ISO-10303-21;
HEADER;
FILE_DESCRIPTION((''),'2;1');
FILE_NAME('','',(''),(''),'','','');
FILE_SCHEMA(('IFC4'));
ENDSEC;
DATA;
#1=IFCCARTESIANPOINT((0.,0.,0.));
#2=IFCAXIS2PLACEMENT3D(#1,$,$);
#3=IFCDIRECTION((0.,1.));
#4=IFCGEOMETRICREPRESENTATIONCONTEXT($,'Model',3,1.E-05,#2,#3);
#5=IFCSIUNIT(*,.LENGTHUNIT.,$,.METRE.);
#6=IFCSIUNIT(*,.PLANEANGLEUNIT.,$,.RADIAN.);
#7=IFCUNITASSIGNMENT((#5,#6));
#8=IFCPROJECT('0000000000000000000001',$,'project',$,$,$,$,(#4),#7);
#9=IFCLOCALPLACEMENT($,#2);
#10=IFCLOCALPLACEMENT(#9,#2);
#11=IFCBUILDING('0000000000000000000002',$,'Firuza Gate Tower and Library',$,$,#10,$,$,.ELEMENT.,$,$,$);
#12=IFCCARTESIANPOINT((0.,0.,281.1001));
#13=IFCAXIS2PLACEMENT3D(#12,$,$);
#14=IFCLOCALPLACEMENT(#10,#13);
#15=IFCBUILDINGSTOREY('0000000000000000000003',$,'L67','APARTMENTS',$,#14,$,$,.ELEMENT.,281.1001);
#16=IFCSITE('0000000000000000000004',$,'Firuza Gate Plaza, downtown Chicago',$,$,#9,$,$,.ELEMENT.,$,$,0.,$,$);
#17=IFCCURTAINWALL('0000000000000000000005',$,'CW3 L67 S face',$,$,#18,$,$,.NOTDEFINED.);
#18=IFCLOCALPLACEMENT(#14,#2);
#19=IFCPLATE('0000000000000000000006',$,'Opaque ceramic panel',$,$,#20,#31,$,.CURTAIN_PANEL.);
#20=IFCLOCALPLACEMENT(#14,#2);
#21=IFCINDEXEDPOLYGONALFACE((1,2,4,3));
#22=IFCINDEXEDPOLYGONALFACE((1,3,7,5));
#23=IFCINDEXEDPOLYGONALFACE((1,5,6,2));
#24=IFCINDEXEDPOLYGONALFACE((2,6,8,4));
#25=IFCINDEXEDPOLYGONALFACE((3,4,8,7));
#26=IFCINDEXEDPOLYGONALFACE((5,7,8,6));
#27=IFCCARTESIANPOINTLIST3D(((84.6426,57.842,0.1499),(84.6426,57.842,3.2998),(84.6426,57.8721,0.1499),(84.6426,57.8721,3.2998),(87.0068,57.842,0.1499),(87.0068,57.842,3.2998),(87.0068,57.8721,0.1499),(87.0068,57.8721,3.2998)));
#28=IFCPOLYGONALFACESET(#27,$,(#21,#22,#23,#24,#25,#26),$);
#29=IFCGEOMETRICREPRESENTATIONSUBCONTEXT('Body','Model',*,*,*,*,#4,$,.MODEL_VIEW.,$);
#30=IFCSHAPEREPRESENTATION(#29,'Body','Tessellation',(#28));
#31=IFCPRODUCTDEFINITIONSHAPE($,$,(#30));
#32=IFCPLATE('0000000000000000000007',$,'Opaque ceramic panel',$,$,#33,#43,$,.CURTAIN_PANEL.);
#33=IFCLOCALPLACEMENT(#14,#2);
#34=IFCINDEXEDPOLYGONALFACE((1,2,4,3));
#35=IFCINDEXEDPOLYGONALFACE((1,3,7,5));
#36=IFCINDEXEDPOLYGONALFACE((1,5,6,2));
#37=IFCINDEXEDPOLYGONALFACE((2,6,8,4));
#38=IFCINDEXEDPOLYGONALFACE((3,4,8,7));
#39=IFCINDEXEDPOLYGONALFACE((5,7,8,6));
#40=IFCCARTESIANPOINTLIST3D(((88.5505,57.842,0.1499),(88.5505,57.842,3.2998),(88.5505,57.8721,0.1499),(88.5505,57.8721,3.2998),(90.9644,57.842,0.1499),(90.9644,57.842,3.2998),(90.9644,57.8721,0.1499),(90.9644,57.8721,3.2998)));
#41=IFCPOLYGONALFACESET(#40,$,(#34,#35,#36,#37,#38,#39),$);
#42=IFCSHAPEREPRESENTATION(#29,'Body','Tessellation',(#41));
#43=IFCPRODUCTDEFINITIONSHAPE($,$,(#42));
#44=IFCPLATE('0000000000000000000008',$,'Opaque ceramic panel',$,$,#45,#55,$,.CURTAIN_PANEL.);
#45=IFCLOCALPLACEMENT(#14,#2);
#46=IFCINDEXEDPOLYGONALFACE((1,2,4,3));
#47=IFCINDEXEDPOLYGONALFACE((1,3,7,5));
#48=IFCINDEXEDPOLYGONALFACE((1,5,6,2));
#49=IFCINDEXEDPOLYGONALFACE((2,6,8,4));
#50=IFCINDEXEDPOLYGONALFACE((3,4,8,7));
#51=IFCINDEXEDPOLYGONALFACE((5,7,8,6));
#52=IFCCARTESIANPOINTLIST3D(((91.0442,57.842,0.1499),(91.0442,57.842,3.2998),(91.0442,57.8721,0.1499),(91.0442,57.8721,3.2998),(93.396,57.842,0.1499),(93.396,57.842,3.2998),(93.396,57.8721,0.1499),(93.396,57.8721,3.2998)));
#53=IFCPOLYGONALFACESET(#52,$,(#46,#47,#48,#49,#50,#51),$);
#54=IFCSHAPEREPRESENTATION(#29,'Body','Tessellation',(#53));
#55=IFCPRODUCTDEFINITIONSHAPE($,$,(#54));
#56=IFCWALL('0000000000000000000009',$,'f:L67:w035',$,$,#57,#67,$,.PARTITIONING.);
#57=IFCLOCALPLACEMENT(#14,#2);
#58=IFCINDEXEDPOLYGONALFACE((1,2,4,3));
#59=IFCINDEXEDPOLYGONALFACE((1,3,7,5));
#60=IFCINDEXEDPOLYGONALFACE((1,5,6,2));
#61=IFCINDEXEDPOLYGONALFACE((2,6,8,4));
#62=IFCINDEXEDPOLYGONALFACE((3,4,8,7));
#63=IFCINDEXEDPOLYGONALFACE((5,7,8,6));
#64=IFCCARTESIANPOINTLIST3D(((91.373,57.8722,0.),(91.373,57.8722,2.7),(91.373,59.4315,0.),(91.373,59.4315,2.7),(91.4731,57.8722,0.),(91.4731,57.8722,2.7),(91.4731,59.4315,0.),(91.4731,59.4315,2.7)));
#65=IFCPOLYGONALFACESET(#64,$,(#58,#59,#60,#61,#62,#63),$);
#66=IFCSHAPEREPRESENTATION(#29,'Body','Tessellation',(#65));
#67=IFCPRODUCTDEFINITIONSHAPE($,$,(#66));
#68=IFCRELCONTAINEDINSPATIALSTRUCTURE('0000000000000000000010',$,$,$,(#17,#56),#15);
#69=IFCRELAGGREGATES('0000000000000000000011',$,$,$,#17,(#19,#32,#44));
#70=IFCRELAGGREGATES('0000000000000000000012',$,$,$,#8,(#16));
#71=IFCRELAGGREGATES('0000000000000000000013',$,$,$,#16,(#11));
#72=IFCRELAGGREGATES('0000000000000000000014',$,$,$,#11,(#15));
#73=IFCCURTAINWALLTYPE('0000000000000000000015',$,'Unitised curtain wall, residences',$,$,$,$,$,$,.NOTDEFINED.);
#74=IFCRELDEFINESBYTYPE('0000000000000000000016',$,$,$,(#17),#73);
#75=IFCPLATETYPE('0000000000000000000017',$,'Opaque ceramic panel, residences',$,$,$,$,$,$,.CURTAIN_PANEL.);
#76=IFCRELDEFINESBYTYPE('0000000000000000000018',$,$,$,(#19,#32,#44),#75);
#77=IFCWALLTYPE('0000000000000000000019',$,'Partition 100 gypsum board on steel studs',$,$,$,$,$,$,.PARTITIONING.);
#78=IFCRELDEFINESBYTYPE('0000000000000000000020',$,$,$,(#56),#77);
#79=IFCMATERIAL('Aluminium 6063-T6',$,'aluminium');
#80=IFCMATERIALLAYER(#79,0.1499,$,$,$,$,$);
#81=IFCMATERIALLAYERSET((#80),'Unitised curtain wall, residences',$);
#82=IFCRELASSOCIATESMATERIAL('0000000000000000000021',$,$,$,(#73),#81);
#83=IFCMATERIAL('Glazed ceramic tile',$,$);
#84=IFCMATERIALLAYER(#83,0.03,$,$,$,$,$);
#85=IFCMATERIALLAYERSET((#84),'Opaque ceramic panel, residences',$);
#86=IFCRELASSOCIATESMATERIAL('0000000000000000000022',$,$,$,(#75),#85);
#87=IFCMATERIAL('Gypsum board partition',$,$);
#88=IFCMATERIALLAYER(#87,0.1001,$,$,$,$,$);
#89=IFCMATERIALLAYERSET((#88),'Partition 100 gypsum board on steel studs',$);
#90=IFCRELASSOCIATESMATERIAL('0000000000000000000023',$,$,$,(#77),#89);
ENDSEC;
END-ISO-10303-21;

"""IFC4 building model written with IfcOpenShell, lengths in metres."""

from ifc_helpers import new_model, si_unit, direction, frame, frame_2d, origin, place, context, subcontext, project, spatial, polyline, rectangle, outline, extrude, material, layer, layer_set, type_object, element, aggregate, save


model = new_model("IFC4")

# Units and contexts
model_context = context("Model", 3, precision=1e-05, world=origin(), true_north=direction((0.0, 1.0)))
body_context = subcontext(model_context, "Body", "Model", "MODEL_VIEW")
ifc_project = project(units=[si_unit("LENGTHUNIT", "METRE"), si_unit("PLANEANGLEUNIT", "RADIAN")], contexts=[model_context])

# Site, building, storey
site_placement = place(None, origin())
site = spatial("IfcSite", under=ifc_project, at=site_placement, Name="Firuza Gate Plaza, downtown Chicago", CompositionType="ELEMENT", RefElevation=0.0)
building_placement = place(site_placement, origin())
building = spatial("IfcBuilding", under=site, at=building_placement, Name="Firuza Gate Tower and Library", CompositionType="ELEMENT")
storey_placement = place(building_placement, frame((0.0, 0.0, 281.1001)))
storey = spatial("IfcBuildingStorey", under=building, at=storey_placement, Name="L67", Description="APARTMENTS", CompositionType="ELEMENT", Elevation=281.1001)

# Curtain wall, plates
ifc_material_1 = material(Name="Aluminium 6063-T6", Category="aluminium")
ifc_layer_1 = layer(ifc_material_1, 0.1499)
ifc_layer_set_1 = layer_set([ifc_layer_1], Name="Unitised curtain wall, residences")
curtain_wall_type = type_object("IfcCurtainWallType", Name="Unitised curtain wall, residences", PredefinedType="NOTDEFINED", material=ifc_layer_set_1)
curtain_wall_placement = place(storey_placement, origin())
curtain_wall = element("IfcCurtainWall", 1, at=curtain_wall_placement, inside=storey, type_object=curtain_wall_type, Name="CW3 L67 S face", PredefinedType="NOTDEFINED")
ifc_material_2 = material(Name="Glazed ceramic tile")
ifc_layer_2 = layer(ifc_material_2, 0.03)
ifc_layer_set_2 = layer_set([ifc_layer_2], Name="Opaque ceramic panel, residences")
plate_type_1 = type_object("IfcPlateType", Name="Opaque ceramic panel, residences", PredefinedType="CURTAIN_PANEL", material=ifc_layer_set_2)
plate_1_placement = place(storey_placement, frame((84.6426, 57.842, 0.1499), z_axis=(0.0, -1.0, 0.0), x_axis=(1.0, 0.0, 0.0)))
plate_1 = element("IfcPlate", 2, at=plate_1_placement, type_object=plate_type_1, Name="Opaque ceramic panel", PredefinedType="CURTAIN_PANEL", context=body_context, shape_type="SweptSolid", body=[
    extrude(outline(polyline([(0.0, 0.0), (2.3643, 0.0), (2.3643, 3.1499), (0.0, 3.1499), (0.0, 0.0)])), origin(), (0.0, 0.0, -1.0), 0.03),
])
plate_2_placement = place(storey_placement, frame((88.5505, 57.842, 0.1499), z_axis=(0.0, -1.0, 0.0), x_axis=(1.0, 0.0, 0.0)))
plate_2 = element("IfcPlate", 3, at=plate_2_placement, type_object=plate_type_1, Name="Opaque ceramic panel", PredefinedType="CURTAIN_PANEL", context=body_context, shape_type="SweptSolid", body=[
    extrude(outline(polyline([(0.0, 0.0), (2.4138, 0.0), (2.4138, 3.1499), (0.0, 3.1499), (0.0, 0.0)])), origin(), (0.0, 0.0, -1.0), 0.03),
])
plate_3_placement = place(storey_placement, frame((91.0442, 57.842, 0.1499), z_axis=(0.0, -1.0, 0.0), x_axis=(1.0, 0.0, 0.0)))
plate_3 = element("IfcPlate", 4, at=plate_3_placement, type_object=plate_type_1, Name="Opaque ceramic panel", PredefinedType="CURTAIN_PANEL", context=body_context, shape_type="SweptSolid", body=[
    extrude(outline(polyline([(0.0, 0.0), (2.3518, 0.0), (2.3518, 3.1499), (0.0, 3.1499), (0.0, 0.0)])), origin(), (0.0, 0.0, -1.0), 0.03),
])
aggregate(curtain_wall, [plate_1, plate_2, plate_3])

# Wall
ifc_material_3 = material(Name="Gypsum board partition")
ifc_layer_3 = layer(ifc_material_3, 0.1001)
ifc_layer_set_3 = layer_set([ifc_layer_3], Name="Partition 100 gypsum board on steel studs")
wall_type = type_object("IfcWallType", Name="Partition 100 gypsum board on steel studs", PredefinedType="PARTITIONING", material=ifc_layer_set_3)
wall_placement = place(storey_placement, frame((91.4231, 57.8721, 0.0), z_axis=(0.0, 0.0, 1.0), x_axis=(0.0, 1.0, 0.0)))
element("IfcWall", 5, at=wall_placement, inside=storey, type_object=wall_type, Name="f:L67:w035", PredefinedType="PARTITIONING", context=body_context, shape_type="SweptSolid", body=[
    extrude(rectangle(XDim=1.5593, YDim=0.1001, at=frame_2d((0.7798, 0.0))), origin(), (0.0, 0.0, 1.0), 2.7),
])

save(model, "model.ifc")
